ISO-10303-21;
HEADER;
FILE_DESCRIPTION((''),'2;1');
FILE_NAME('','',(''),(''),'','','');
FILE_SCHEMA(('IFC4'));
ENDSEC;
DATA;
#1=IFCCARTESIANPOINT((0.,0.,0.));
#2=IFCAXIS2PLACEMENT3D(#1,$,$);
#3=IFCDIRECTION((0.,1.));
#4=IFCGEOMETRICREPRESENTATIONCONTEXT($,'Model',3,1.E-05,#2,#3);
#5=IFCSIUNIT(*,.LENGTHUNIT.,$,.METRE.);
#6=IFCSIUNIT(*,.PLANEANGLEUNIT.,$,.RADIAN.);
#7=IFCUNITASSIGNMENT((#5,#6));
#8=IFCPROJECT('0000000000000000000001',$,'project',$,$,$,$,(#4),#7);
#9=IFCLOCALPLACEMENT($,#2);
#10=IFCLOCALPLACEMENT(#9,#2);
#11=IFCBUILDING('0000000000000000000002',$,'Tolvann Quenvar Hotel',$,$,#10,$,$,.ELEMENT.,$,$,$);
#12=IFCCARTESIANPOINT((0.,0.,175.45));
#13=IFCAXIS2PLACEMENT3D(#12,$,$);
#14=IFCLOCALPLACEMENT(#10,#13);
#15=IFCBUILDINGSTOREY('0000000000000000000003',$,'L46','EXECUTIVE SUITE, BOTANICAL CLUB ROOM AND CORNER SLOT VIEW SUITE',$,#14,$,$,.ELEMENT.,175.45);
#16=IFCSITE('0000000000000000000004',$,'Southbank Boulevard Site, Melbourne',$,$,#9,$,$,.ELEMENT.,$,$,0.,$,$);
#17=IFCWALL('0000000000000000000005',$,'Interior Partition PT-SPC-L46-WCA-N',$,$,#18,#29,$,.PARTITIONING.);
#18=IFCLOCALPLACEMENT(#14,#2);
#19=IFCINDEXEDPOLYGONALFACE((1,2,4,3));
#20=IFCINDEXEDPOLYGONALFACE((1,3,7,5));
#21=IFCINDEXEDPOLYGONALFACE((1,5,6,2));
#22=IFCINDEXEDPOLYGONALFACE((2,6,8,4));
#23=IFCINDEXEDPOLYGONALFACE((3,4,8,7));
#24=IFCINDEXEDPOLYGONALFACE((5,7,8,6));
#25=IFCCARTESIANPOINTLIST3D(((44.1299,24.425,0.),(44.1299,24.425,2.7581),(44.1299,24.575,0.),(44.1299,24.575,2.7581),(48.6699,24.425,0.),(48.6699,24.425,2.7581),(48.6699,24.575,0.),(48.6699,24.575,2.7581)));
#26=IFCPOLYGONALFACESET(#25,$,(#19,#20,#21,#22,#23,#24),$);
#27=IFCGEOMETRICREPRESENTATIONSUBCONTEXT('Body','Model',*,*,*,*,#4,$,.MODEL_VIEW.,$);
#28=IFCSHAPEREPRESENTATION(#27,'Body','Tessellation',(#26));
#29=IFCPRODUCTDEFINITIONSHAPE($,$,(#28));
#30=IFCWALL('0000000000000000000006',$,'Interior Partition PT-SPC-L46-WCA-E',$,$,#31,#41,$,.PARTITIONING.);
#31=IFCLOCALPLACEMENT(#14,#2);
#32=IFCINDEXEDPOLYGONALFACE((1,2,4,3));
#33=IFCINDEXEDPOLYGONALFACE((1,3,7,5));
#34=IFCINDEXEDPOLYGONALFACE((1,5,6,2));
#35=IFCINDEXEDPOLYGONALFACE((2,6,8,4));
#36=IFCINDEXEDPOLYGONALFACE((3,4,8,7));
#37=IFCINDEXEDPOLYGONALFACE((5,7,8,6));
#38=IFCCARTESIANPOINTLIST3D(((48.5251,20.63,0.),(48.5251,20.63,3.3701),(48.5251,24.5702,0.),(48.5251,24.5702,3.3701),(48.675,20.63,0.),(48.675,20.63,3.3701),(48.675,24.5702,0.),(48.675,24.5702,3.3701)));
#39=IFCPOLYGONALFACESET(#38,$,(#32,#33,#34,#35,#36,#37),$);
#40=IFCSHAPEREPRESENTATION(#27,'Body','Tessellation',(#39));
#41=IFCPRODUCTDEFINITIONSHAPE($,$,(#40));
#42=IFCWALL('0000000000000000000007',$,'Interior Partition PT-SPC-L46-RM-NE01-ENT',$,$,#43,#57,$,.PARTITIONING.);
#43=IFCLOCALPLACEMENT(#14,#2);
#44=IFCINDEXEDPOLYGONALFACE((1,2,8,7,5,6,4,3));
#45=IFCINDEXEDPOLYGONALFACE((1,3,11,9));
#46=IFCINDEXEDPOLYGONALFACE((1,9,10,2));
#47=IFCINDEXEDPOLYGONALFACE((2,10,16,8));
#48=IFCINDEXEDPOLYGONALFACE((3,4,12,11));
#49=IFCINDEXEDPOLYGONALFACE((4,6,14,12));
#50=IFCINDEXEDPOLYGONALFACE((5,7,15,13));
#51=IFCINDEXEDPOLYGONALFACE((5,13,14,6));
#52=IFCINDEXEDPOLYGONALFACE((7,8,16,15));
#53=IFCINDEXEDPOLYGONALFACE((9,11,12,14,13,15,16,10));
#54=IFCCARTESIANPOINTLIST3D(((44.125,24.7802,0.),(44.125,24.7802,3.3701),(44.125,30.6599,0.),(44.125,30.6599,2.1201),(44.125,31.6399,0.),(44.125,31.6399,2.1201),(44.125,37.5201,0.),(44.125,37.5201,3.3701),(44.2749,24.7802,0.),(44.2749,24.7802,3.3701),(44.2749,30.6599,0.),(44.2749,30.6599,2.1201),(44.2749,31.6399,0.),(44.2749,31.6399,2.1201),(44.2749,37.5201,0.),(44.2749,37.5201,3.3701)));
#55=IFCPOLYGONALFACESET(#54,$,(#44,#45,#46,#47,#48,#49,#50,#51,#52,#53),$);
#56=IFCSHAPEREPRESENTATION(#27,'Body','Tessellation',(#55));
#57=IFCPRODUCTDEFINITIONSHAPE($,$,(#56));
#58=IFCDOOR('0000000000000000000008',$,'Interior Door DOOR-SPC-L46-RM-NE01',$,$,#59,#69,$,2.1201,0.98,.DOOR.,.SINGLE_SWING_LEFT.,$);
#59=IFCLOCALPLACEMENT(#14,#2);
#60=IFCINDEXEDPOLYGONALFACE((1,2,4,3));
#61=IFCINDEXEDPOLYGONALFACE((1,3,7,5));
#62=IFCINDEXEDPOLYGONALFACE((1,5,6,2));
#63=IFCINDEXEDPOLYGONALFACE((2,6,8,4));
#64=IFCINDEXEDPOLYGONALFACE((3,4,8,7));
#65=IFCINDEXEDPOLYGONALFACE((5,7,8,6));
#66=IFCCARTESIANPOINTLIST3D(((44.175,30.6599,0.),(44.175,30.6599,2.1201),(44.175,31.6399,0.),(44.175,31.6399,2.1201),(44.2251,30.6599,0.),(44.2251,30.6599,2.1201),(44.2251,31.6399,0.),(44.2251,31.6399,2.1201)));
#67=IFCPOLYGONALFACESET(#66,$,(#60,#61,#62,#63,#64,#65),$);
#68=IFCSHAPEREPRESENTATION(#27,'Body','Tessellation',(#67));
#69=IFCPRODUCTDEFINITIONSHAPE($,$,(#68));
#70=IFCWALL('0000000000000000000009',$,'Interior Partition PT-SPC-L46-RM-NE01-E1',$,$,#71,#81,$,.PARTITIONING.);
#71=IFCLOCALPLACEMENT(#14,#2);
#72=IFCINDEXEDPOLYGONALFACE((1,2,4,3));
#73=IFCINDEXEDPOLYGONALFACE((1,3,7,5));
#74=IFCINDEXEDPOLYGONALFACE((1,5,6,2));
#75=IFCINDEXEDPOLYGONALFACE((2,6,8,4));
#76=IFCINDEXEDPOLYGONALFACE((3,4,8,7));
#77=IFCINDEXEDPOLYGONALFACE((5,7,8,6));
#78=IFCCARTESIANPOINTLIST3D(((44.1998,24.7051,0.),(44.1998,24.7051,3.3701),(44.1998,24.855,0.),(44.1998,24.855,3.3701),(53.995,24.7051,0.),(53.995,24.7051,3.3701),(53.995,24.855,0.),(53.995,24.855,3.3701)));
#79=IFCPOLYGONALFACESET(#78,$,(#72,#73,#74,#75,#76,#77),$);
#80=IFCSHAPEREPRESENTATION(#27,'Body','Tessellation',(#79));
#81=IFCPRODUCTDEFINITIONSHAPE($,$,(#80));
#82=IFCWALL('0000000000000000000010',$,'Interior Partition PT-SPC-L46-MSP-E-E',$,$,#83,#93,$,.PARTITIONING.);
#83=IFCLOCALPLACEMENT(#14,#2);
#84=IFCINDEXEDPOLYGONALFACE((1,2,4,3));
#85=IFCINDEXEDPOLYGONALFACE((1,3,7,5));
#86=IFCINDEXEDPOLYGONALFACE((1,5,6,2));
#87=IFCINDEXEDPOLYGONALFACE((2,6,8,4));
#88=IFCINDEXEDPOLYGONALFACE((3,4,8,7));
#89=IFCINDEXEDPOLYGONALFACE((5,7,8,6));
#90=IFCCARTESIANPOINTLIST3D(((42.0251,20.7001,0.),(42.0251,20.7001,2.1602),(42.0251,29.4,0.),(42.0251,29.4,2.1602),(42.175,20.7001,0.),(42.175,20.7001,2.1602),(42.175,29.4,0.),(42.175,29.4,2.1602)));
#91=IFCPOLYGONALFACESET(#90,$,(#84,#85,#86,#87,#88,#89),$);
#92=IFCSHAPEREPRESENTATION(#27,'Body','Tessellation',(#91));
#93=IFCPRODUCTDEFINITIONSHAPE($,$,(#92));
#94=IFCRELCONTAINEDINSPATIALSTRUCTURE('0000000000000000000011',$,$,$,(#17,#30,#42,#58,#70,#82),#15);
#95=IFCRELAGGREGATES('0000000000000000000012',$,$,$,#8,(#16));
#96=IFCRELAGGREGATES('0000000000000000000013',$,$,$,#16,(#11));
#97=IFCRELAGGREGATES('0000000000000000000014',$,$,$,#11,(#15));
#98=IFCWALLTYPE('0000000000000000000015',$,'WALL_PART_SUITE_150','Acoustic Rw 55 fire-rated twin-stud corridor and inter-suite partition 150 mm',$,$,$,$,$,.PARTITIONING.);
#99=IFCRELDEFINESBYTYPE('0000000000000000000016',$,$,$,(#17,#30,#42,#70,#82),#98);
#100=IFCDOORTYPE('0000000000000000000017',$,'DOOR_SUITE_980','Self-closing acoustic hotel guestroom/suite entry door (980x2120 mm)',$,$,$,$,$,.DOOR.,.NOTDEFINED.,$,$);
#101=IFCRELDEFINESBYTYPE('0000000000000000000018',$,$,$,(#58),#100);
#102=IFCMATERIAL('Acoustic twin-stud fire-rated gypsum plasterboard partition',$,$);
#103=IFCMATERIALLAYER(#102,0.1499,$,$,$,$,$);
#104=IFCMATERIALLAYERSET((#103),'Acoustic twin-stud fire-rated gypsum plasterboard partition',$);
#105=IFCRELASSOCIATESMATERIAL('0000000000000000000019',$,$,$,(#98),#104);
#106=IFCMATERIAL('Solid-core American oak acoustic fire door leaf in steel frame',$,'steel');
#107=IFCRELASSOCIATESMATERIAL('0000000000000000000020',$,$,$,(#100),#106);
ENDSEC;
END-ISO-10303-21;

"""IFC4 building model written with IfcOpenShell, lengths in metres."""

from ifc_helpers import new_model, si_unit, direction, frame, frame_2d, origin, place, context, subcontext, project, spatial, rectangle, extrude, source, transform, mapped, material, layer, layer_set, type_object, type_shapes, element, fill, save


model = new_model("IFC4")

# Units and contexts
model_context = context("Model", 3, precision=1e-05, world=origin(), true_north=direction((0.0, 1.0)))
body_context = subcontext(model_context, "Body", "Model", "MODEL_VIEW")
ifc_project = project(units=[si_unit("LENGTHUNIT", "METRE"), si_unit("PLANEANGLEUNIT", "RADIAN")], contexts=[model_context])

# Site, building, storey
site_placement = place(None, origin())
site = spatial("IfcSite", under=ifc_project, at=site_placement, Name="Southbank Boulevard Site, Melbourne", CompositionType="ELEMENT", RefElevation=0.0)
building_placement = place(site_placement, origin())
building = spatial("IfcBuilding", under=site, at=building_placement, Name="Tolvann Quenvar Hotel", CompositionType="ELEMENT")
storey_placement = place(building_placement, frame((0.0, 0.0, 175.45)))
storey = spatial("IfcBuildingStorey", under=building, at=storey_placement, Name="L46", Description="EXECUTIVE SUITE, BOTANICAL CLUB ROOM AND CORNER SLOT VIEW SUITE", CompositionType="ELEMENT", Elevation=175.45)

# Shared definitions
ifc_material_1 = material(Name="Acoustic twin-stud fire-rated gypsum plasterboard partition")
ifc_layer_1 = layer(ifc_material_1, 0.1499)
ifc_layer_set_1 = layer_set([ifc_layer_1], Name="Acoustic twin-stud fire-rated gypsum plasterboard partition")
wall_type_1 = type_object("IfcWallType", Name="WALL_PART_SUITE_150", Description="Acoustic Rw 55 fire-rated twin-stud corridor and inter-suite partition 150 mm", PredefinedType="PARTITIONING", material=ifc_layer_set_1)

# Shared definitions
ifc_material_2 = material(Name="Solid-core American oak acoustic fire door leaf in steel frame", Category="steel")

# Walls
wall_1_placement = place(storey_placement, frame((44.1299, 24.5, 0.0), z_axis=(0.0, 0.0, 1.0), x_axis=(1.0, 0.0, 0.0)))
element("IfcWall", 1, at=wall_1_placement, inside=storey, type_object=wall_type_1, Name="Interior Partition PT-SPC-L46-WCA-N", PredefinedType="PARTITIONING", context=body_context, shape_type="SweptSolid", body=[
    extrude(rectangle(XDim=4.54, YDim=0.1499, at=frame_2d((2.27, 0.0))), origin(), (0.0, 0.0, 1.0), 2.7581),
])
wall_2_placement = place(storey_placement, frame((48.6001, 20.6299, 0.0), z_axis=(0.0, 0.0, 1.0), x_axis=(0.0, 1.0, 0.0)))
element("IfcWall", 2, at=wall_2_placement, inside=storey, type_object=wall_type_1, Name="Interior Partition PT-SPC-L46-WCA-E", PredefinedType="PARTITIONING", context=body_context, shape_type="SweptSolid", body=[
    extrude(rectangle(XDim=3.9402, YDim=0.1499, at=frame_2d((1.9702, 0.0))), origin(), (0.0, 0.0, 1.0), 3.3701),
])

# Wall, opening, door
wall_3_placement = place(storey_placement, frame((44.2, 24.78, 0.0), z_axis=(0.0, 0.0, 1.0), x_axis=(0.0, 1.0, 0.0)))
wall_3 = element("IfcWall", 3, at=wall_3_placement, inside=storey, type_object=wall_type_1, Name="Interior Partition PT-SPC-L46-RM-NE01-ENT", PredefinedType="PARTITIONING", context=body_context, shape_type="SweptSolid", body=[
    extrude(rectangle(XDim=12.74, YDim=0.1499, at=frame_2d((6.3701, 0.0))), origin(), (0.0, 0.0, 1.0), 3.3701),
])
opening_1_placement = place(wall_3_placement, frame((5.8799, 0.0, 0.0)))
opening_1 = element("IfcOpeningElement", 4, at=opening_1_placement, cuts=wall_3, PredefinedType="OPENING", context=body_context, shape_type="SweptSolid", body=[
    extrude(rectangle(XDim=0.98, YDim=2.1201, at=frame_2d((0.49, 1.0601))), frame((0.0, 0.085, 0.0), z_axis=(0.0, -1.0, 0.0), x_axis=(1.0, 0.0, 0.0)), (0.0, 0.0, 1.0), 0.1699),
])
door_type_1 = type_object("IfcDoorType", Name="DOOR_SUITE_980", Description="Self-closing acoustic hotel guestroom/suite entry door (980x2120 mm)", OperationType="NOTDEFINED", PredefinedType="DOOR", material=ifc_material_2)
shared_shape_1 = source(origin(), body_context, "Body", "SweptSolid", [
    extrude(rectangle(XDim=0.98, YDim=2.1201, at=frame_2d((0.49, 1.0601))), frame((0.0, 0.0249, 0.0), z_axis=(0.0, -1.0, 0.0), x_axis=(1.0, 0.0, 0.0)), (0.0, 0.0, 1.0), 0.05),
])
type_shapes(door_type_1, [shared_shape_1])
door_1_placement = place(opening_1_placement, origin())
door_1 = element("IfcDoor", 5, at=door_1_placement, inside=storey, type_object=door_type_1, Name="Interior Door DOOR-SPC-L46-RM-NE01", OperationType="SINGLE_SWING_LEFT", OverallHeight=2.1201, OverallWidth=0.98, PredefinedType="DOOR", context=body_context, shape_type="MappedRepresentation", body=[
    mapped(shared_shape_1, transform((0.0, 0.0, 0.0), x_axis=(1.0, 0.0, 0.0), y_axis=(0.0, 1.0, 0.0), z_axis=(0.0, 0.0, 1.0), scale=1.0)),
])
fill(opening_1, door_1)

# Walls
wall_4_placement = place(storey_placement, frame((44.2, 24.78, 0.0), z_axis=(0.0, 0.0, 1.0), x_axis=(1.0, 0.0, 0.0)))
element("IfcWall", 6, at=wall_4_placement, inside=storey, type_object=wall_type_1, Name="Interior Partition PT-SPC-L46-RM-NE01-E1", PredefinedType="PARTITIONING", context=body_context, shape_type="SweptSolid", body=[
    extrude(rectangle(XDim=9.7952, YDim=0.1499, at=frame_2d((4.8975, 0.0))), origin(), (0.0, 0.0, 1.0), 3.3701),
])
wall_5_placement = place(storey_placement, frame((42.1001, 20.7, 0.0), z_axis=(0.0, 0.0, 1.0), x_axis=(0.0, 1.0, 0.0)))
element("IfcWall", 7, at=wall_5_placement, inside=storey, type_object=wall_type_1, Name="Interior Partition PT-SPC-L46-MSP-E-E", PredefinedType="PARTITIONING", context=body_context, shape_type="SweptSolid", body=[
    extrude(rectangle(XDim=8.7, YDim=0.1499, at=frame_2d((4.3501, 0.0))), origin(), (0.0, 0.0, 1.0), 2.1602),
])

save(model, "model.ifc")
